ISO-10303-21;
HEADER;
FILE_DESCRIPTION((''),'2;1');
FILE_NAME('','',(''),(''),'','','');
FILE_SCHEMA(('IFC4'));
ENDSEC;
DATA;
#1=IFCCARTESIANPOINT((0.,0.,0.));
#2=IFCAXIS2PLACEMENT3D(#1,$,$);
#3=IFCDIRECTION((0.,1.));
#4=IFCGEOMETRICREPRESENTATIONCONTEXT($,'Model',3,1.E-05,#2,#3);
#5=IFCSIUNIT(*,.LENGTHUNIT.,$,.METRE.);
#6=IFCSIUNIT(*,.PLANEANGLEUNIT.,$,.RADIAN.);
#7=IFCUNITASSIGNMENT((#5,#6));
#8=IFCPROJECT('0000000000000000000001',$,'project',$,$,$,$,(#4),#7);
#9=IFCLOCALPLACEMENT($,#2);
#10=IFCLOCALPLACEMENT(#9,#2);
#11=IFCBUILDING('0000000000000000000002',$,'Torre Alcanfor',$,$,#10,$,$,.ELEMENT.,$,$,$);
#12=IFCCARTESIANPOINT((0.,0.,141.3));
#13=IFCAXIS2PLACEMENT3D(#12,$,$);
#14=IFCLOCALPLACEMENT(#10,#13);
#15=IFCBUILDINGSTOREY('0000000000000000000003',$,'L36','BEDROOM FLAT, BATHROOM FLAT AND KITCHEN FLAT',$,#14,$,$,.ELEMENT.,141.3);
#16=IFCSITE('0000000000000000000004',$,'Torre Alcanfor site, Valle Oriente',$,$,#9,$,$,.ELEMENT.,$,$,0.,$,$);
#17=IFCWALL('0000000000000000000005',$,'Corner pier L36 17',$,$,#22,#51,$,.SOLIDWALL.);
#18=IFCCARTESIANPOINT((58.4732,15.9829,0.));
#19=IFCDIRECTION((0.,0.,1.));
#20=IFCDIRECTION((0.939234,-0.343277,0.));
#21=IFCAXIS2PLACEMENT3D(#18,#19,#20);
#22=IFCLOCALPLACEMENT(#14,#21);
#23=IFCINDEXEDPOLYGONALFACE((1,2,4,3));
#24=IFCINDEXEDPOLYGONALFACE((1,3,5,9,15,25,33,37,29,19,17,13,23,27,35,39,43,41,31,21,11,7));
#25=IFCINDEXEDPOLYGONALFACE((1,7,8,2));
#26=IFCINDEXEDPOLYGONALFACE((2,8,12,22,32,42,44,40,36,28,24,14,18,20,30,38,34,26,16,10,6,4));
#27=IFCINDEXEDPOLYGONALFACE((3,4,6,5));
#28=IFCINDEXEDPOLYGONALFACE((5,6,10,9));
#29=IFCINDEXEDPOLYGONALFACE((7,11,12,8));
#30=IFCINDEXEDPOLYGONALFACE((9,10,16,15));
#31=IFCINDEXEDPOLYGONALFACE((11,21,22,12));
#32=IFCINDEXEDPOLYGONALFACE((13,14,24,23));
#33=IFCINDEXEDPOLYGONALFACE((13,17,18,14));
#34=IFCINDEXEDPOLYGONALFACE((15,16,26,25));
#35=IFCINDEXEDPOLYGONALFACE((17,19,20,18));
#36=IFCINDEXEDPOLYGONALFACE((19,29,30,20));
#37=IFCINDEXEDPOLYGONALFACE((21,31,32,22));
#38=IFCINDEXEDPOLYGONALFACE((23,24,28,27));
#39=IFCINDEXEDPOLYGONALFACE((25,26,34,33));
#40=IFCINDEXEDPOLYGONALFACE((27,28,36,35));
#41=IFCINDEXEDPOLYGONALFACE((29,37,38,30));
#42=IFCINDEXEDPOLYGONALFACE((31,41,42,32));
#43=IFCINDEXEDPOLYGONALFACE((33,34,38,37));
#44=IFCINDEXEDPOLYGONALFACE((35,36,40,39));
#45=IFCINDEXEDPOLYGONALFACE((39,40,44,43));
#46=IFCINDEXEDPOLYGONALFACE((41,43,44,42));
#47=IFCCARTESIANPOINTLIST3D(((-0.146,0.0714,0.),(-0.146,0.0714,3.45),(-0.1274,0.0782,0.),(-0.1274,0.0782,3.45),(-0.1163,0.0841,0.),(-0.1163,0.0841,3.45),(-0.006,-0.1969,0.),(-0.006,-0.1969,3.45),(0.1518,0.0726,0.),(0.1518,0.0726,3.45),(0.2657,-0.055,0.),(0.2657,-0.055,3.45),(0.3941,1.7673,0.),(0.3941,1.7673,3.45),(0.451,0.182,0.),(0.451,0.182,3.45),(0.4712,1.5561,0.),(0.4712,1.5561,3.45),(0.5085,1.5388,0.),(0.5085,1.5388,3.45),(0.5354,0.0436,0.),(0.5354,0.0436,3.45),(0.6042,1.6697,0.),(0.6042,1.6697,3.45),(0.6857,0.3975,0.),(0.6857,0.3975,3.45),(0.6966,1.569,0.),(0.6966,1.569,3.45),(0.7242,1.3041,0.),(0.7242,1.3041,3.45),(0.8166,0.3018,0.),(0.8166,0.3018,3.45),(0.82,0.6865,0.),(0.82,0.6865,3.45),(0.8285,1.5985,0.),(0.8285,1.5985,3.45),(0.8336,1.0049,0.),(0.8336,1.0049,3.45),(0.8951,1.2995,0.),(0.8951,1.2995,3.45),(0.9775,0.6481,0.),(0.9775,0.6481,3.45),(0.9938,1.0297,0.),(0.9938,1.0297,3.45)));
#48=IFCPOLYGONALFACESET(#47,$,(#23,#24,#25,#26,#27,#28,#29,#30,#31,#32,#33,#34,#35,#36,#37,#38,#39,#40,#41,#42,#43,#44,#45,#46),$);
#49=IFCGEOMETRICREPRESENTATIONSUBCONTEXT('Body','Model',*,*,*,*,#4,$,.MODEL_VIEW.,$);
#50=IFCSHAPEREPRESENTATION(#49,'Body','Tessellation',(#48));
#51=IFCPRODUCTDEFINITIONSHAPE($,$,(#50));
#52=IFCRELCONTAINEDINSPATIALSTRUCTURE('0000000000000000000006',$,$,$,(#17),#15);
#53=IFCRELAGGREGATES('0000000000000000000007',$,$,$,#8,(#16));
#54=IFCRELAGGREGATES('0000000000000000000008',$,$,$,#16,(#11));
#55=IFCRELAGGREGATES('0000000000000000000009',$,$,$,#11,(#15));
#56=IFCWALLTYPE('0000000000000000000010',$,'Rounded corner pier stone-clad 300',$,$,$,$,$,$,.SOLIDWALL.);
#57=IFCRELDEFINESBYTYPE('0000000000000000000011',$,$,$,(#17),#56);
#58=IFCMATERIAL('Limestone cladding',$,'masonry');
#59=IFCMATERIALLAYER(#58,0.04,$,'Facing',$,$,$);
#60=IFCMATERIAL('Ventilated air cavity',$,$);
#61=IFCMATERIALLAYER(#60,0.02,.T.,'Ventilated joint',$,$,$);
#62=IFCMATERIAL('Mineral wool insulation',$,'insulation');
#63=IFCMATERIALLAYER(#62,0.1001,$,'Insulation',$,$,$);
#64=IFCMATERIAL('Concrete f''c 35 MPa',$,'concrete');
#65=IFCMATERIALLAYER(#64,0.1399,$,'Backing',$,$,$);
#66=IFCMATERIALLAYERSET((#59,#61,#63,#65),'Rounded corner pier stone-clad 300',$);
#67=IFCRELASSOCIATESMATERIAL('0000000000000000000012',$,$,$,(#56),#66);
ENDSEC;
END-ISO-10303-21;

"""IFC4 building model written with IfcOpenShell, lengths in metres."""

from ifc_helpers import new_model, si_unit, direction, frame, origin, place, context, subcontext, project, spatial, polyline, outline, extrude, material, layer, layer_set, type_object, element, save


model = new_model("IFC4")

# Units and contexts
model_context = context("Model", 3, precision=1e-05, world=origin(), true_north=direction((0.0, 1.0)))
body_context = subcontext(model_context, "Body", "Model", "MODEL_VIEW")
ifc_project = project(units=[si_unit("LENGTHUNIT", "METRE"), si_unit("PLANEANGLEUNIT", "RADIAN")], contexts=[model_context])

# Site, building, storey
site_placement = place(None, origin())
site = spatial("IfcSite", under=ifc_project, at=site_placement, Name="Torre Alcanfor site, Valle Oriente", CompositionType="ELEMENT", RefElevation=0.0)
building_placement = place(site_placement, origin())
building = spatial("IfcBuilding", under=site, at=building_placement, Name="Torre Alcanfor", CompositionType="ELEMENT")
storey_placement = place(building_placement, frame((0.0, 0.0, 141.3)))
storey = spatial("IfcBuildingStorey", under=building, at=storey_placement, Name="L36", Description="BEDROOM FLAT, BATHROOM FLAT AND KITCHEN FLAT", CompositionType="ELEMENT", Elevation=141.3)

# Wall
ifc_material_1 = material(Name="Limestone cladding", Category="masonry")
ifc_layer_1 = layer(ifc_material_1, 0.04, Name="Facing")
ifc_material_2 = material(Name="Ventilated air cavity")
ifc_layer_2 = layer(ifc_material_2, 0.02, ventilated=True, Name="Ventilated joint")
ifc_material_3 = material(Name="Mineral wool insulation", Category="insulation")
ifc_layer_3 = layer(ifc_material_3, 0.1001, Name="Insulation")
ifc_material_4 = material(Name="Concrete f'c 35 MPa", Category="concrete")
ifc_layer_4 = layer(ifc_material_4, 0.1399, Name="Backing")
ifc_layer_set_1 = layer_set([ifc_layer_1, ifc_layer_2, ifc_layer_3, ifc_layer_4], Name="Rounded corner pier stone-clad 300")
wall_type_1 = type_object("IfcWallType", Name="Rounded corner pier stone-clad 300", PredefinedType="SOLIDWALL", material=ifc_layer_set_1)
wall_1_placement = place(storey_placement, frame((58.4732, 15.9829, 0.0), z_axis=(0.0, 0.0, 1.0), x_axis=(0.939234, -0.343277, 0.0)))
element("IfcWall", 1, at=wall_1_placement, inside=storey, type_object=wall_type_1, Name="Corner pier L36 17", PredefinedType="SOLIDWALL", context=body_context, shape_type="SweptSolid", body=[
    extrude(outline(polyline([(0.8285, 1.5985), (0.6966, 1.569), (0.6042, 1.6697), (0.3941, 1.7673), (0.4712, 1.5561), (0.5085, 1.5388), (0.7242, 1.3041), (0.8336, 1.0049), (0.82, 0.6865), (0.6857, 0.3975), (0.451, 0.182), (0.1518, 0.0726), (-0.1163, 0.0841), (-0.1274, 0.0782), (-0.146, 0.0714), (-0.006, -0.1969), (0.2657, -0.055), (0.5354, 0.0436), (0.8166, 0.3018), (0.9775, 0.6481), (0.9938, 1.0297), (0.8951, 1.2995), (0.8285, 1.5985)])), origin(), (0.0, 0.0, 1.0), 3.45),
])

save(model, "model.ifc")
